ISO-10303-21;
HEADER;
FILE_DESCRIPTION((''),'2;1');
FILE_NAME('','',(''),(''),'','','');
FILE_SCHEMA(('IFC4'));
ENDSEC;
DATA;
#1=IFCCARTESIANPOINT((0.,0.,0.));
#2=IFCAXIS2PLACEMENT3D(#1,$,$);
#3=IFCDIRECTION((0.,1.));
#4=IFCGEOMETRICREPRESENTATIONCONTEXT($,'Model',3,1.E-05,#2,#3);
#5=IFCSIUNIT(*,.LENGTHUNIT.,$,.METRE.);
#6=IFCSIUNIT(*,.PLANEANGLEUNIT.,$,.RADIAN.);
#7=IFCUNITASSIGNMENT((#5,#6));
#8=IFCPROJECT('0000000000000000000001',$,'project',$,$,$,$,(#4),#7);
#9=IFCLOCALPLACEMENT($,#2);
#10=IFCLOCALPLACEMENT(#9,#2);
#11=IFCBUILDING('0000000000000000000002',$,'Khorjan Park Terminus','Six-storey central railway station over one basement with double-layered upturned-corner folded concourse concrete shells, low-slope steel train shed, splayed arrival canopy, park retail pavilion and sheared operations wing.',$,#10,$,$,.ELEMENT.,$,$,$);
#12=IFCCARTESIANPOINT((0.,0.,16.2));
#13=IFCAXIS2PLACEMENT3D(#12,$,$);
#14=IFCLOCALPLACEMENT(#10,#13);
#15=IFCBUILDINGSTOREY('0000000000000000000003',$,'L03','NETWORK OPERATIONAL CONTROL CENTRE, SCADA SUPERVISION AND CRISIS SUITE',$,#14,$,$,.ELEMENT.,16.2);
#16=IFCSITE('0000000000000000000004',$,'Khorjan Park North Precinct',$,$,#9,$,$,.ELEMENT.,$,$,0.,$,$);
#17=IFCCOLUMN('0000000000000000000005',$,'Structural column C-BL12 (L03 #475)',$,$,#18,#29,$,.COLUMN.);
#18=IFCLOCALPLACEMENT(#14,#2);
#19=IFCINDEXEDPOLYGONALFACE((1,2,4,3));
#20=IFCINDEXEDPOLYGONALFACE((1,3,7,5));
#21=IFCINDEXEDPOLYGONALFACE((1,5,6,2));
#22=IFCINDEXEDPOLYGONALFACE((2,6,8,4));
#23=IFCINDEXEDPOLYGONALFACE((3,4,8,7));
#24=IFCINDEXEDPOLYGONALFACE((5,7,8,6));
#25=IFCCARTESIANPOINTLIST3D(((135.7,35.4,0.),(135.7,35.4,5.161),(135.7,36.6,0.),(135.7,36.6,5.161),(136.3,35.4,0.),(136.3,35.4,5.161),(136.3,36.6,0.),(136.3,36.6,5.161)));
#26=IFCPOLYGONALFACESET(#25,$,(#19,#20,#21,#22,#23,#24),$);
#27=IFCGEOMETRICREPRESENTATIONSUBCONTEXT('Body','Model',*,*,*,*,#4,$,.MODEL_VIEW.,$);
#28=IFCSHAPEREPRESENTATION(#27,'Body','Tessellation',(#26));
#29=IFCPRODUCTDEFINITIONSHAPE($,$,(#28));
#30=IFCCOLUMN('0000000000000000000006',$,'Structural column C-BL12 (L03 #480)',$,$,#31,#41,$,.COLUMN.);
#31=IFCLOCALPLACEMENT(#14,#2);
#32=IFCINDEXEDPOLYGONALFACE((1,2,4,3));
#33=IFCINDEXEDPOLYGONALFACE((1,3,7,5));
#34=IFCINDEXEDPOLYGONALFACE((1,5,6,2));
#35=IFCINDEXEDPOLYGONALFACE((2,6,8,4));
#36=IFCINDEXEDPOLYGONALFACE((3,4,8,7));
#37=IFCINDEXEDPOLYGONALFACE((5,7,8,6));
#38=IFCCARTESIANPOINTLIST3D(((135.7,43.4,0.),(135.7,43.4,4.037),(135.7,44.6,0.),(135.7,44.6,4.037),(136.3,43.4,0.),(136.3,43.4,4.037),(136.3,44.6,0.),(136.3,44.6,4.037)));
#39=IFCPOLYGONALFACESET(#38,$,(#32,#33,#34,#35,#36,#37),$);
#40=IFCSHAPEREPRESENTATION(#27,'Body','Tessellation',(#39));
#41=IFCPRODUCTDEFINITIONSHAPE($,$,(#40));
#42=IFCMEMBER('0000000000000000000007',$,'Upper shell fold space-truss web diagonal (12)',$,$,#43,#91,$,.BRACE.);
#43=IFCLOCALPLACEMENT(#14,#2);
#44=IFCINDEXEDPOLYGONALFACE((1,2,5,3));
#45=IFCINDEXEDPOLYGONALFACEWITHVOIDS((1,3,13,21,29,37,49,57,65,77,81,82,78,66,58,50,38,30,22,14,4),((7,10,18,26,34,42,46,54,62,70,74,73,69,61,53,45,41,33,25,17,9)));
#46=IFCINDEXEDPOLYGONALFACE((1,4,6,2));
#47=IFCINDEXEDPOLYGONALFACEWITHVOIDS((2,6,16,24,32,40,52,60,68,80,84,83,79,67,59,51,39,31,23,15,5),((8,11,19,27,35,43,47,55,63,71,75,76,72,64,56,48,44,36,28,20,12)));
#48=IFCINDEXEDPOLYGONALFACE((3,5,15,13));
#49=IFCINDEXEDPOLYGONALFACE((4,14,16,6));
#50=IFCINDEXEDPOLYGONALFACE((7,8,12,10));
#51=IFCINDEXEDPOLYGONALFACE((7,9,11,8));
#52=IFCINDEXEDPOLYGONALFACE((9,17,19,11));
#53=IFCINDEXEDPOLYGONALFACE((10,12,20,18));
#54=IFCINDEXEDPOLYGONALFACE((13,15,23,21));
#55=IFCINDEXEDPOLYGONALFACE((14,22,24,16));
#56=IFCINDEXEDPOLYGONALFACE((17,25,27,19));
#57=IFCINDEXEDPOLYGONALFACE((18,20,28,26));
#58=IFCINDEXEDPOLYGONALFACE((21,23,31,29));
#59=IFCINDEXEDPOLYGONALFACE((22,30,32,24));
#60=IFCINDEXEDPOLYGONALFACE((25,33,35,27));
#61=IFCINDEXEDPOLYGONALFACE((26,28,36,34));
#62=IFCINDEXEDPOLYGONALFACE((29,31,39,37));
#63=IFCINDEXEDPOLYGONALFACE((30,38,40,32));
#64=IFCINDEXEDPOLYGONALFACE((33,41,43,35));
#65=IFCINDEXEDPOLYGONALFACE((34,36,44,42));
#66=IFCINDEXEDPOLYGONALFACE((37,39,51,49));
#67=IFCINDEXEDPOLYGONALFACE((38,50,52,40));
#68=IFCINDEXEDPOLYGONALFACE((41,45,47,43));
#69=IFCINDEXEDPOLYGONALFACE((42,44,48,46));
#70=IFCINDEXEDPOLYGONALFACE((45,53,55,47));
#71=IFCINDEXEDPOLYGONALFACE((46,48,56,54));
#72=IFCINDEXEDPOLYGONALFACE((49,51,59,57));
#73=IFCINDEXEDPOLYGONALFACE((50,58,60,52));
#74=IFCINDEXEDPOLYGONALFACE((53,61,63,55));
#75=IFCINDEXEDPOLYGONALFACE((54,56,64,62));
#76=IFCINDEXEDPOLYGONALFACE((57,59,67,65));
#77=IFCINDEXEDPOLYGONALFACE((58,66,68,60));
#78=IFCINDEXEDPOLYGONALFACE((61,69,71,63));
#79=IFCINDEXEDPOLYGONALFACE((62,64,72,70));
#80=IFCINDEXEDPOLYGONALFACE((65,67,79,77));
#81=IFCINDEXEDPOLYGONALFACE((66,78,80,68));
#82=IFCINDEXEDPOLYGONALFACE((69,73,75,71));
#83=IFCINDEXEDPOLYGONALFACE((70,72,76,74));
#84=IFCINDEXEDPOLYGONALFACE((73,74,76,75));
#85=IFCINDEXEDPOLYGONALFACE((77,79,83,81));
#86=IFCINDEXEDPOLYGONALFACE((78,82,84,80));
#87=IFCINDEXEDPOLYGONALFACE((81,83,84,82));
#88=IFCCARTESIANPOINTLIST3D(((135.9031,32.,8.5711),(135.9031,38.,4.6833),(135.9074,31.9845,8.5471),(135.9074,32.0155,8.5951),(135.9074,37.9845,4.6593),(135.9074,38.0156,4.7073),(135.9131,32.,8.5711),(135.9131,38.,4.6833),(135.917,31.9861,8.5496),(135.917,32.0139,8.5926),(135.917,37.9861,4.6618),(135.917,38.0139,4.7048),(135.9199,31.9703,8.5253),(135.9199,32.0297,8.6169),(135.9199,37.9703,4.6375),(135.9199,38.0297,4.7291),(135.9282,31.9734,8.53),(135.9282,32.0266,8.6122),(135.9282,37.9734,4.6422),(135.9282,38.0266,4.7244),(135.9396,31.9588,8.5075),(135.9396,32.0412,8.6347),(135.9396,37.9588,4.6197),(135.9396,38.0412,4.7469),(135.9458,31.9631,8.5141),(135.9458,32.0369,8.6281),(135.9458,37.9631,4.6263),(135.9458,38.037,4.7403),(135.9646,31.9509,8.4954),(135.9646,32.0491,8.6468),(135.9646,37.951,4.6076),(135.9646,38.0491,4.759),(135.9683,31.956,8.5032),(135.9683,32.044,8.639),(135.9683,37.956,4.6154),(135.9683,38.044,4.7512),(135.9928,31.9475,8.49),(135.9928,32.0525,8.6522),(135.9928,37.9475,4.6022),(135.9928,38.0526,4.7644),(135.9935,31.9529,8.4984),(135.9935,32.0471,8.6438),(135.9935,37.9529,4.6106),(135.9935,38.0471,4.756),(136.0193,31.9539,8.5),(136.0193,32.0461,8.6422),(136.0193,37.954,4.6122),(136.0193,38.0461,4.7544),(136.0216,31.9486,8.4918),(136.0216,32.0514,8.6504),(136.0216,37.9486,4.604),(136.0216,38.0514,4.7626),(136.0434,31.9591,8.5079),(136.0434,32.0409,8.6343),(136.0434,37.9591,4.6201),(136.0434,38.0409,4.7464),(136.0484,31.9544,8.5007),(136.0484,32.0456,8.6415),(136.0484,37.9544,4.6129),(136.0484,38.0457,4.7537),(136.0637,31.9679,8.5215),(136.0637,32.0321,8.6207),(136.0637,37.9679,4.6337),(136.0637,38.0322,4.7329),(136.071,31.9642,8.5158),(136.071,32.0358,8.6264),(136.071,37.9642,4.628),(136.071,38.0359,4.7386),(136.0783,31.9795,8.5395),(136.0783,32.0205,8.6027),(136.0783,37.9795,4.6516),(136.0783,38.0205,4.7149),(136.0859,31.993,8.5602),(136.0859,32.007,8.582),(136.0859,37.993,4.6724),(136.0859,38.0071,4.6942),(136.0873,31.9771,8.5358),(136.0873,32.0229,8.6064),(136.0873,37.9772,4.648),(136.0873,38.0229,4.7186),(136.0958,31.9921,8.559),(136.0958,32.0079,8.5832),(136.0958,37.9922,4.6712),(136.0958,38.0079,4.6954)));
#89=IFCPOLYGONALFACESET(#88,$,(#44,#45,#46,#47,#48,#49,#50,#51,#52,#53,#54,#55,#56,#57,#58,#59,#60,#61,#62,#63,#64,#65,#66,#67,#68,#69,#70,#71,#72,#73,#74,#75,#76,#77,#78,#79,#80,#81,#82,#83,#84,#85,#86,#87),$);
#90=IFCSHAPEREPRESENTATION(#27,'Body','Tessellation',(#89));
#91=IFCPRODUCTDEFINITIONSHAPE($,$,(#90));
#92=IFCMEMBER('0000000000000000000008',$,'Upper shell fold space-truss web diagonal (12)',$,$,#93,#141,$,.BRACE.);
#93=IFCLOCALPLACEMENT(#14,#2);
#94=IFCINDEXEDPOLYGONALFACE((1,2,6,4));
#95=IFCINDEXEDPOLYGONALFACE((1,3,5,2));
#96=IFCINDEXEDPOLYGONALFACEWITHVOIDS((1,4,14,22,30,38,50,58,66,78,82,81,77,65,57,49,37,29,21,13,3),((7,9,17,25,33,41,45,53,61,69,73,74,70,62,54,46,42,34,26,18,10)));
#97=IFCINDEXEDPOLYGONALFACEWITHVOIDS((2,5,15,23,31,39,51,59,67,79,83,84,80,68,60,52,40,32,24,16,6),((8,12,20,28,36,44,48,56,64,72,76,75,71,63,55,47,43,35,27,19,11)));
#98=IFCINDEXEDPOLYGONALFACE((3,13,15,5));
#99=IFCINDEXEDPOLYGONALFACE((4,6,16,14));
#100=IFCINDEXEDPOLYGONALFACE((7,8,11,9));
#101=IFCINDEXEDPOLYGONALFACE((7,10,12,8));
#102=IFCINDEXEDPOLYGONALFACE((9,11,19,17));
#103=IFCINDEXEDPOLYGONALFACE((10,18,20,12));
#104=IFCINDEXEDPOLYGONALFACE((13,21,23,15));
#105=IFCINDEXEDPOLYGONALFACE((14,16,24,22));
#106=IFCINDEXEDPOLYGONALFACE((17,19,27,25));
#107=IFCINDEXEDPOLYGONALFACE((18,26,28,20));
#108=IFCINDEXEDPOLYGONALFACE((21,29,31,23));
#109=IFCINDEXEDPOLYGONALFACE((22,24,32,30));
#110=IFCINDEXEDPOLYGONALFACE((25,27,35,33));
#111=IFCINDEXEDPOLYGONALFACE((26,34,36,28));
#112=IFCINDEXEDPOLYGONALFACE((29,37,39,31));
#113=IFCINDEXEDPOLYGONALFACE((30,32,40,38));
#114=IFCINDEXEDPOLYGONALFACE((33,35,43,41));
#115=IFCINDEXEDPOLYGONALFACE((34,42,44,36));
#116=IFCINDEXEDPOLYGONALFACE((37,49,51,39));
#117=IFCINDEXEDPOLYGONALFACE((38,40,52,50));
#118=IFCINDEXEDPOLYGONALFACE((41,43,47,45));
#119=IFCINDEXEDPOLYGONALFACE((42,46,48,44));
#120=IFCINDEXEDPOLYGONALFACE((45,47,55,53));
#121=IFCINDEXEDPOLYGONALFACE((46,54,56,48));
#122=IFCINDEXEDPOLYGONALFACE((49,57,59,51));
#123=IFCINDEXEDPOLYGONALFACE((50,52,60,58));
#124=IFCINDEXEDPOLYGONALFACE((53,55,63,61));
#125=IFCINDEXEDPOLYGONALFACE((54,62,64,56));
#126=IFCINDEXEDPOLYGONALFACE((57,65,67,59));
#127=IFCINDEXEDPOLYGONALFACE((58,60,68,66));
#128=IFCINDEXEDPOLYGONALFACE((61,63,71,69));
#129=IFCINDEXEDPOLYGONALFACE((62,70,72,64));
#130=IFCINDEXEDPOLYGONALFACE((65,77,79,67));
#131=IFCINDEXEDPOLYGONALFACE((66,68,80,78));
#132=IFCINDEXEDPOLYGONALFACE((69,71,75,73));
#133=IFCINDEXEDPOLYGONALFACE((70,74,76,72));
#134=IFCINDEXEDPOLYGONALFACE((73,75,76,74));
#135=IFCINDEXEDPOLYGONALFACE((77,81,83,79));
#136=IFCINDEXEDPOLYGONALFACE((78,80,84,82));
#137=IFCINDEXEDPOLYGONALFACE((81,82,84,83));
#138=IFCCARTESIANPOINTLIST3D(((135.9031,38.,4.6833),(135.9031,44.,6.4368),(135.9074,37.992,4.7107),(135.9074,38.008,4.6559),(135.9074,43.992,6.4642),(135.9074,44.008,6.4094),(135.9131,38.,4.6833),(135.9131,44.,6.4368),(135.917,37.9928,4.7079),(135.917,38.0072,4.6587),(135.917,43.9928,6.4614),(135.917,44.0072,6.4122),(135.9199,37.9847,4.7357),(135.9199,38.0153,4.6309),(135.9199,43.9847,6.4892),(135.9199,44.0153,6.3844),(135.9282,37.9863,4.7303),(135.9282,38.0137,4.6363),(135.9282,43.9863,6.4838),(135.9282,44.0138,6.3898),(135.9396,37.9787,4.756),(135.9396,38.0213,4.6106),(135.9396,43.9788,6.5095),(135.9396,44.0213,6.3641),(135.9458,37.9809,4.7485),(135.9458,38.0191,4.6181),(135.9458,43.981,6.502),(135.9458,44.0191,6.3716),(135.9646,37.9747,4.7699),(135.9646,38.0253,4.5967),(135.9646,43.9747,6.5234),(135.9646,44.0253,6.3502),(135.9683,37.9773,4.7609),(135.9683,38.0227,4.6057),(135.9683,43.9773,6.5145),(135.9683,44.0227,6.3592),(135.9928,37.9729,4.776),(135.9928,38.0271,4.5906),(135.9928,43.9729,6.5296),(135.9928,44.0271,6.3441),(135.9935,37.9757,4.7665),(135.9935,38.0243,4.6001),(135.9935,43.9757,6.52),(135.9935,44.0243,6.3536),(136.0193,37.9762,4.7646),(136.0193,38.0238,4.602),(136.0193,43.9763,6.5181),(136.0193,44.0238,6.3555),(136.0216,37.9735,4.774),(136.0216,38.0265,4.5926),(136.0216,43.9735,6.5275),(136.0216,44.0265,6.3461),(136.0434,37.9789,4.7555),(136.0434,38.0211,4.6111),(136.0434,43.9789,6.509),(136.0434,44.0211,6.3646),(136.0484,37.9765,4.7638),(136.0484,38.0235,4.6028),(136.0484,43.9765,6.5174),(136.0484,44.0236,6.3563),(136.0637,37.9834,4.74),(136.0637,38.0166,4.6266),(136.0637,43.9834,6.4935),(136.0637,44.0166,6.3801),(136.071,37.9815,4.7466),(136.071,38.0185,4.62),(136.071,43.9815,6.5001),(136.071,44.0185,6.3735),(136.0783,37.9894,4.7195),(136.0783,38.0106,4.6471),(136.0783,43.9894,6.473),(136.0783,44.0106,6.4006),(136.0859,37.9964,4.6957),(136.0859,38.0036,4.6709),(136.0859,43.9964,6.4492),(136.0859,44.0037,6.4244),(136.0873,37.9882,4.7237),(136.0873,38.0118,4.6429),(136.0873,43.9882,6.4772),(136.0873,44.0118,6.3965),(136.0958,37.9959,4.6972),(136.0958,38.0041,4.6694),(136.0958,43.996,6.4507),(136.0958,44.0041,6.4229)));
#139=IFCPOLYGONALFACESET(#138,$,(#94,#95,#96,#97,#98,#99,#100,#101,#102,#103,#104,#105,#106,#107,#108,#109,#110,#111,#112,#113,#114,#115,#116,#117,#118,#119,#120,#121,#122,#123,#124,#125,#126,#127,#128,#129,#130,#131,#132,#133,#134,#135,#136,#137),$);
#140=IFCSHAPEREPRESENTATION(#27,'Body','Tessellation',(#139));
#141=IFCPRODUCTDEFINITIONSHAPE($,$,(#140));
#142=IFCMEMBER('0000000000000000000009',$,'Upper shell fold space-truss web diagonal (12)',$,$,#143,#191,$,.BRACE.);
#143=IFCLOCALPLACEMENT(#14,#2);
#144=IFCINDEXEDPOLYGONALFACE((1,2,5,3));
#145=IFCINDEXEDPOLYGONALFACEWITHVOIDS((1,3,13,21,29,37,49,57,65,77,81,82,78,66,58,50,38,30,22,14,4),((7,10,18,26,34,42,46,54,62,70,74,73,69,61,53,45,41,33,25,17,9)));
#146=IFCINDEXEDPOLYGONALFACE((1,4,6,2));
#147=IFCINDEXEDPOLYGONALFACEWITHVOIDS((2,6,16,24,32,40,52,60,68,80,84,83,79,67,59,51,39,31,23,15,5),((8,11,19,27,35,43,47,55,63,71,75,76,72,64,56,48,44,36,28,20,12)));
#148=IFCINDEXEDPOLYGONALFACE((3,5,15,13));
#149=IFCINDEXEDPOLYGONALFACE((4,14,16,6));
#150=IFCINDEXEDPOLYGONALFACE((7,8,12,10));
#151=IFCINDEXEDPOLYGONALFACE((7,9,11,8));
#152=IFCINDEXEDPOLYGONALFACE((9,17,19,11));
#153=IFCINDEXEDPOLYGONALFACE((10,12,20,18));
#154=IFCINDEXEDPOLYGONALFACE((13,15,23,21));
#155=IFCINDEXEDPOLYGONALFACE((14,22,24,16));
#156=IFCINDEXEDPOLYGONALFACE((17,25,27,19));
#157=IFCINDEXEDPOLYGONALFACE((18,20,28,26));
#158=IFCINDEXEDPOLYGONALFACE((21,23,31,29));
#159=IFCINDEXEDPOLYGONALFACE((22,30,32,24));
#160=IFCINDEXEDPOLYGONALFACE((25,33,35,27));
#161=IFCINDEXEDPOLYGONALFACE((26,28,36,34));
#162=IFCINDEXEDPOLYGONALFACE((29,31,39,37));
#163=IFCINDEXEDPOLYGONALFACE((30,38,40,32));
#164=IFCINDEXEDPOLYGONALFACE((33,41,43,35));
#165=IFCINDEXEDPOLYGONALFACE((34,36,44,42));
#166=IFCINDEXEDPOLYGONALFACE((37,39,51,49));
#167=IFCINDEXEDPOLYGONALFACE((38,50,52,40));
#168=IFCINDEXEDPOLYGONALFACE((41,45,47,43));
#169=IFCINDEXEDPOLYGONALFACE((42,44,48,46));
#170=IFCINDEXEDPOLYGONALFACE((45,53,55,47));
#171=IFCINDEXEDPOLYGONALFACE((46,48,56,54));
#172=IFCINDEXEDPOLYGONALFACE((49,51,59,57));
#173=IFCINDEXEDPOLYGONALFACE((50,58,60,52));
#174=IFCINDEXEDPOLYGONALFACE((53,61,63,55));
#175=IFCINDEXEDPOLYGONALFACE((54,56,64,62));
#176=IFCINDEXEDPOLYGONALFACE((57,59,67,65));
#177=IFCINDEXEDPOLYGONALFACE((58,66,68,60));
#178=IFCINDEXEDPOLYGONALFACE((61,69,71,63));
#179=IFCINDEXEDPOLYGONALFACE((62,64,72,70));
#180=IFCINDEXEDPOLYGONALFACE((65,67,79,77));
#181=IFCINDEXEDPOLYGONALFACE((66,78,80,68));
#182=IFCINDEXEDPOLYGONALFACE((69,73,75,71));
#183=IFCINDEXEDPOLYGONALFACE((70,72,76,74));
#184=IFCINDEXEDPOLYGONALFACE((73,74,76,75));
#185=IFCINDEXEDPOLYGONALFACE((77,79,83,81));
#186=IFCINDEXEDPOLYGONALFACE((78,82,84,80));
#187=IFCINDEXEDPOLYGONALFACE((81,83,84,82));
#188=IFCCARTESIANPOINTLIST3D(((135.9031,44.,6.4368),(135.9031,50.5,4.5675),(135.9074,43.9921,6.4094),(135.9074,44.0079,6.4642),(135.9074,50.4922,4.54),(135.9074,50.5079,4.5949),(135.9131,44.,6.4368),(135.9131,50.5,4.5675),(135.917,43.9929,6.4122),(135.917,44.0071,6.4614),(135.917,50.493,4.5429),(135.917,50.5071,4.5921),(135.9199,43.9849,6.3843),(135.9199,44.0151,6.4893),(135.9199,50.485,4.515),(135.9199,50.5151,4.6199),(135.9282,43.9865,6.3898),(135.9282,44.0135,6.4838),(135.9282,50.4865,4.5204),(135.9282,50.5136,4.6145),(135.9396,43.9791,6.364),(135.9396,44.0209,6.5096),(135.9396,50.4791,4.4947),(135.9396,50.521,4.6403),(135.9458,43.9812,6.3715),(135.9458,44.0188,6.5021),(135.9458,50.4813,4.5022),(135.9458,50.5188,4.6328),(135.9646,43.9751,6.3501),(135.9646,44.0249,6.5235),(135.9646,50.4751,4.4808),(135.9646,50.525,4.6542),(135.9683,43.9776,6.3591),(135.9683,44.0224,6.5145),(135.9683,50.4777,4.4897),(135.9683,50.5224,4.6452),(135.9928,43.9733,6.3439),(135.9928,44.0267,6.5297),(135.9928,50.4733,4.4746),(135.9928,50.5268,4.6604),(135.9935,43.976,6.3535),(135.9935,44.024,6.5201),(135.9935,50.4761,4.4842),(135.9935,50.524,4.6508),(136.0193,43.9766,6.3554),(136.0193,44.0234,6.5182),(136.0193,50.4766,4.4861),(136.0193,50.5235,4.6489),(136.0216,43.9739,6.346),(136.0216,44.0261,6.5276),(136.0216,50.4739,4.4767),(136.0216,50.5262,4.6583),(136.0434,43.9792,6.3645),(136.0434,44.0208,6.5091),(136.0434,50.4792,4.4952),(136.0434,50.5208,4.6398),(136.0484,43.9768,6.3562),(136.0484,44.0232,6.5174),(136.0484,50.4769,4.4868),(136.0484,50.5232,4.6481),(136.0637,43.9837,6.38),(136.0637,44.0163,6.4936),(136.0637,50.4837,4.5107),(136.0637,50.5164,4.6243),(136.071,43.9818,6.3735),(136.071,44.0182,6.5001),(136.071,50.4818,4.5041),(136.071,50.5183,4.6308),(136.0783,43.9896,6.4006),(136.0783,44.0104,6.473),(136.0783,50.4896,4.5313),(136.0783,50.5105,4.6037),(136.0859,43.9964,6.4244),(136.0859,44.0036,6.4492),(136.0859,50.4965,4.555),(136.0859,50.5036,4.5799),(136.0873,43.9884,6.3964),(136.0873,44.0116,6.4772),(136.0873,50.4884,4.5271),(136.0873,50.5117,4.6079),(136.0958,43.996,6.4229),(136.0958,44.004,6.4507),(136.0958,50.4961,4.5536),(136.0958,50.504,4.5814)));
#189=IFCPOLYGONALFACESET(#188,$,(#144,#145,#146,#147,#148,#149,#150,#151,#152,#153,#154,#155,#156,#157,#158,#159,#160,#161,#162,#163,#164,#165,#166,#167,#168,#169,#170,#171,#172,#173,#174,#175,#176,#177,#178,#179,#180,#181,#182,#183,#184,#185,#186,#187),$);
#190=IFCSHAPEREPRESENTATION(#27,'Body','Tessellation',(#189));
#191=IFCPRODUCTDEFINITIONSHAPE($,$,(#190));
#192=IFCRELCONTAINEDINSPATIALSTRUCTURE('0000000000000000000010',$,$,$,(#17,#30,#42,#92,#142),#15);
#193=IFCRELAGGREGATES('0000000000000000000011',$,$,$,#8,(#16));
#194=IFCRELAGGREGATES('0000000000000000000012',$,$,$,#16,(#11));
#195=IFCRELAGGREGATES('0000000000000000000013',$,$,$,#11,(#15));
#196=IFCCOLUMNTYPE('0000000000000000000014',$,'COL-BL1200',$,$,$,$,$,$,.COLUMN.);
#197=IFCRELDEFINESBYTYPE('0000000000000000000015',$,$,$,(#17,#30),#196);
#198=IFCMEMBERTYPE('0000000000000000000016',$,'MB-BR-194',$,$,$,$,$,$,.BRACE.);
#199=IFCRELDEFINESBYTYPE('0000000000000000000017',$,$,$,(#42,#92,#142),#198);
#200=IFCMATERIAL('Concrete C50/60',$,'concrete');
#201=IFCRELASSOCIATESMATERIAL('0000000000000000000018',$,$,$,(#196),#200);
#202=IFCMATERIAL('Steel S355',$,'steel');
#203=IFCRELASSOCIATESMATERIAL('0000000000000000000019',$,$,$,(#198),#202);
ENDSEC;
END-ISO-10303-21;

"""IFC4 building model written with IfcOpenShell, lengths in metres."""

from ifc_helpers import new_model, si_unit, direction, frame, origin, origin_2d, place, context, subcontext, project, spatial, rectangle, hollow_circle, extrude, material, material_profile, profile_set, type_object, element, save


model = new_model("IFC4")

# Units and contexts
model_context = context("Model", 3, precision=1e-05, world=origin(), true_north=direction((0.0, 1.0)))
body_context = subcontext(model_context, "Body", "Model", "MODEL_VIEW")
ifc_project = project(units=[si_unit("LENGTHUNIT", "METRE"), si_unit("PLANEANGLEUNIT", "RADIAN")], contexts=[model_context])

# Site, building, storey
site_placement = place(None, origin())
site = spatial("IfcSite", under=ifc_project, at=site_placement, Name="Khorjan Park North Precinct", CompositionType="ELEMENT", RefElevation=0.0)
building_placement = place(site_placement, origin())
building = spatial("IfcBuilding", under=site, at=building_placement, Name="Khorjan Park Terminus", Description="Six-storey central railway station over one basement with double-layered upturned-corner folded concourse concrete shells, low-slope steel train shed, splayed arrival canopy, park retail pavilion and sheared operations wing.", CompositionType="ELEMENT")
storey_placement = place(building_placement, frame((0.0, 0.0, 16.2)))
storey = spatial("IfcBuildingStorey", under=building, at=storey_placement, Name="L03", Description="NETWORK OPERATIONAL CONTROL CENTRE, SCADA SUPERVISION AND CRISIS SUITE", CompositionType="ELEMENT", Elevation=16.2)

# Columns
ifc_material_1 = material(Name="Concrete C50/60", Category="concrete")
ifc_material_profile_1 = material_profile(ifc_material_1, rectangle(XDim=0.6, YDim=1.2, at=origin_2d()), Name="RC 600x1200")
ifc_profile_set_1 = profile_set([ifc_material_profile_1], Name="Concrete C50/60")
column_type = type_object("IfcColumnType", Name="COL-BL1200", PredefinedType="COLUMN", material=ifc_profile_set_1)
column_1_placement = place(storey_placement, frame((136.0, 36.0, 0.0), z_axis=(0.0, 0.0, 1.0), x_axis=(1.0, 0.0, 0.0)))
element("IfcColumn", 1, at=column_1_placement, inside=storey, type_object=column_type, Name="Structural column C-BL12 (L03 #475)", PredefinedType="COLUMN", context=body_context, shape_type="SweptSolid", body=[
    extrude(rectangle(XDim=0.6, YDim=1.2, at=origin_2d()), origin(), (0.0, 0.0, 1.0), 5.161),
])
column_2_placement = place(storey_placement, frame((136.0, 44.0, 0.0), z_axis=(0.0, 0.0, 1.0), x_axis=(1.0, 0.0, 0.0)))
element("IfcColumn", 2, at=column_2_placement, inside=storey, type_object=column_type, Name="Structural column C-BL12 (L03 #480)", PredefinedType="COLUMN", context=body_context, shape_type="SweptSolid", body=[
    extrude(rectangle(XDim=0.6, YDim=1.2, at=origin_2d()), origin(), (0.0, 0.0, 1.0), 4.037),
])

# Members
ifc_material_2 = material(Name="Steel S355", Category="steel")
ifc_material_profile_2 = material_profile(ifc_material_2, hollow_circle(Radius=0.0969, WallThickness=0.01, at=origin_2d()), Name="CHS 193.7x10")
ifc_profile_set_2 = profile_set([ifc_material_profile_2], Name="Steel S355")
member_type_1 = type_object("IfcMemberType", Name="MB-BR-194", PredefinedType="BRACE", material=ifc_profile_set_2)
member_1_placement = place(storey_placement, frame((136.0, 32.0, 8.5711), z_axis=(0.0, 0.839222, -0.543788), x_axis=(-1.0, 0.0, 0.0)))
element("IfcMember", 3, at=member_1_placement, inside=storey, type_object=member_type_1, Name="Upper shell fold space-truss web diagonal (12)", PredefinedType="BRACE", context=body_context, shape_type="SweptSolid", body=[
    extrude(hollow_circle(Radius=0.0969, WallThickness=0.01, at=origin_2d()), origin(), (0.0, 0.0, 1.0), 7.1495),
])
member_2_placement = place(storey_placement, frame((136.0, 38.0, 4.6833), z_axis=(0.0, 0.959849, 0.280516), x_axis=(-1.0, 0.0, 0.0)))
element("IfcMember", 4, at=member_2_placement, inside=storey, type_object=member_type_1, Name="Upper shell fold space-truss web diagonal (12)", PredefinedType="BRACE", context=body_context, shape_type="SweptSolid", body=[
    extrude(hollow_circle(Radius=0.0969, WallThickness=0.01, at=origin_2d()), origin(), (0.0, 0.0, 1.0), 6.251),
])
member_3_placement = place(storey_placement, frame((136.0, 44.0, 6.4368), z_axis=(0.0, 0.961048, -0.276383), x_axis=(-1.0, 0.0, 0.0)))
element("IfcMember", 5, at=member_3_placement, inside=storey, type_object=member_type_1, Name="Upper shell fold space-truss web diagonal (12)", PredefinedType="BRACE", context=body_context, shape_type="SweptSolid", body=[
    extrude(hollow_circle(Radius=0.0969, WallThickness=0.01, at=origin_2d()), origin(), (0.0, 0.0, 1.0), 6.7635),
])

save(model, "model.ifc")
